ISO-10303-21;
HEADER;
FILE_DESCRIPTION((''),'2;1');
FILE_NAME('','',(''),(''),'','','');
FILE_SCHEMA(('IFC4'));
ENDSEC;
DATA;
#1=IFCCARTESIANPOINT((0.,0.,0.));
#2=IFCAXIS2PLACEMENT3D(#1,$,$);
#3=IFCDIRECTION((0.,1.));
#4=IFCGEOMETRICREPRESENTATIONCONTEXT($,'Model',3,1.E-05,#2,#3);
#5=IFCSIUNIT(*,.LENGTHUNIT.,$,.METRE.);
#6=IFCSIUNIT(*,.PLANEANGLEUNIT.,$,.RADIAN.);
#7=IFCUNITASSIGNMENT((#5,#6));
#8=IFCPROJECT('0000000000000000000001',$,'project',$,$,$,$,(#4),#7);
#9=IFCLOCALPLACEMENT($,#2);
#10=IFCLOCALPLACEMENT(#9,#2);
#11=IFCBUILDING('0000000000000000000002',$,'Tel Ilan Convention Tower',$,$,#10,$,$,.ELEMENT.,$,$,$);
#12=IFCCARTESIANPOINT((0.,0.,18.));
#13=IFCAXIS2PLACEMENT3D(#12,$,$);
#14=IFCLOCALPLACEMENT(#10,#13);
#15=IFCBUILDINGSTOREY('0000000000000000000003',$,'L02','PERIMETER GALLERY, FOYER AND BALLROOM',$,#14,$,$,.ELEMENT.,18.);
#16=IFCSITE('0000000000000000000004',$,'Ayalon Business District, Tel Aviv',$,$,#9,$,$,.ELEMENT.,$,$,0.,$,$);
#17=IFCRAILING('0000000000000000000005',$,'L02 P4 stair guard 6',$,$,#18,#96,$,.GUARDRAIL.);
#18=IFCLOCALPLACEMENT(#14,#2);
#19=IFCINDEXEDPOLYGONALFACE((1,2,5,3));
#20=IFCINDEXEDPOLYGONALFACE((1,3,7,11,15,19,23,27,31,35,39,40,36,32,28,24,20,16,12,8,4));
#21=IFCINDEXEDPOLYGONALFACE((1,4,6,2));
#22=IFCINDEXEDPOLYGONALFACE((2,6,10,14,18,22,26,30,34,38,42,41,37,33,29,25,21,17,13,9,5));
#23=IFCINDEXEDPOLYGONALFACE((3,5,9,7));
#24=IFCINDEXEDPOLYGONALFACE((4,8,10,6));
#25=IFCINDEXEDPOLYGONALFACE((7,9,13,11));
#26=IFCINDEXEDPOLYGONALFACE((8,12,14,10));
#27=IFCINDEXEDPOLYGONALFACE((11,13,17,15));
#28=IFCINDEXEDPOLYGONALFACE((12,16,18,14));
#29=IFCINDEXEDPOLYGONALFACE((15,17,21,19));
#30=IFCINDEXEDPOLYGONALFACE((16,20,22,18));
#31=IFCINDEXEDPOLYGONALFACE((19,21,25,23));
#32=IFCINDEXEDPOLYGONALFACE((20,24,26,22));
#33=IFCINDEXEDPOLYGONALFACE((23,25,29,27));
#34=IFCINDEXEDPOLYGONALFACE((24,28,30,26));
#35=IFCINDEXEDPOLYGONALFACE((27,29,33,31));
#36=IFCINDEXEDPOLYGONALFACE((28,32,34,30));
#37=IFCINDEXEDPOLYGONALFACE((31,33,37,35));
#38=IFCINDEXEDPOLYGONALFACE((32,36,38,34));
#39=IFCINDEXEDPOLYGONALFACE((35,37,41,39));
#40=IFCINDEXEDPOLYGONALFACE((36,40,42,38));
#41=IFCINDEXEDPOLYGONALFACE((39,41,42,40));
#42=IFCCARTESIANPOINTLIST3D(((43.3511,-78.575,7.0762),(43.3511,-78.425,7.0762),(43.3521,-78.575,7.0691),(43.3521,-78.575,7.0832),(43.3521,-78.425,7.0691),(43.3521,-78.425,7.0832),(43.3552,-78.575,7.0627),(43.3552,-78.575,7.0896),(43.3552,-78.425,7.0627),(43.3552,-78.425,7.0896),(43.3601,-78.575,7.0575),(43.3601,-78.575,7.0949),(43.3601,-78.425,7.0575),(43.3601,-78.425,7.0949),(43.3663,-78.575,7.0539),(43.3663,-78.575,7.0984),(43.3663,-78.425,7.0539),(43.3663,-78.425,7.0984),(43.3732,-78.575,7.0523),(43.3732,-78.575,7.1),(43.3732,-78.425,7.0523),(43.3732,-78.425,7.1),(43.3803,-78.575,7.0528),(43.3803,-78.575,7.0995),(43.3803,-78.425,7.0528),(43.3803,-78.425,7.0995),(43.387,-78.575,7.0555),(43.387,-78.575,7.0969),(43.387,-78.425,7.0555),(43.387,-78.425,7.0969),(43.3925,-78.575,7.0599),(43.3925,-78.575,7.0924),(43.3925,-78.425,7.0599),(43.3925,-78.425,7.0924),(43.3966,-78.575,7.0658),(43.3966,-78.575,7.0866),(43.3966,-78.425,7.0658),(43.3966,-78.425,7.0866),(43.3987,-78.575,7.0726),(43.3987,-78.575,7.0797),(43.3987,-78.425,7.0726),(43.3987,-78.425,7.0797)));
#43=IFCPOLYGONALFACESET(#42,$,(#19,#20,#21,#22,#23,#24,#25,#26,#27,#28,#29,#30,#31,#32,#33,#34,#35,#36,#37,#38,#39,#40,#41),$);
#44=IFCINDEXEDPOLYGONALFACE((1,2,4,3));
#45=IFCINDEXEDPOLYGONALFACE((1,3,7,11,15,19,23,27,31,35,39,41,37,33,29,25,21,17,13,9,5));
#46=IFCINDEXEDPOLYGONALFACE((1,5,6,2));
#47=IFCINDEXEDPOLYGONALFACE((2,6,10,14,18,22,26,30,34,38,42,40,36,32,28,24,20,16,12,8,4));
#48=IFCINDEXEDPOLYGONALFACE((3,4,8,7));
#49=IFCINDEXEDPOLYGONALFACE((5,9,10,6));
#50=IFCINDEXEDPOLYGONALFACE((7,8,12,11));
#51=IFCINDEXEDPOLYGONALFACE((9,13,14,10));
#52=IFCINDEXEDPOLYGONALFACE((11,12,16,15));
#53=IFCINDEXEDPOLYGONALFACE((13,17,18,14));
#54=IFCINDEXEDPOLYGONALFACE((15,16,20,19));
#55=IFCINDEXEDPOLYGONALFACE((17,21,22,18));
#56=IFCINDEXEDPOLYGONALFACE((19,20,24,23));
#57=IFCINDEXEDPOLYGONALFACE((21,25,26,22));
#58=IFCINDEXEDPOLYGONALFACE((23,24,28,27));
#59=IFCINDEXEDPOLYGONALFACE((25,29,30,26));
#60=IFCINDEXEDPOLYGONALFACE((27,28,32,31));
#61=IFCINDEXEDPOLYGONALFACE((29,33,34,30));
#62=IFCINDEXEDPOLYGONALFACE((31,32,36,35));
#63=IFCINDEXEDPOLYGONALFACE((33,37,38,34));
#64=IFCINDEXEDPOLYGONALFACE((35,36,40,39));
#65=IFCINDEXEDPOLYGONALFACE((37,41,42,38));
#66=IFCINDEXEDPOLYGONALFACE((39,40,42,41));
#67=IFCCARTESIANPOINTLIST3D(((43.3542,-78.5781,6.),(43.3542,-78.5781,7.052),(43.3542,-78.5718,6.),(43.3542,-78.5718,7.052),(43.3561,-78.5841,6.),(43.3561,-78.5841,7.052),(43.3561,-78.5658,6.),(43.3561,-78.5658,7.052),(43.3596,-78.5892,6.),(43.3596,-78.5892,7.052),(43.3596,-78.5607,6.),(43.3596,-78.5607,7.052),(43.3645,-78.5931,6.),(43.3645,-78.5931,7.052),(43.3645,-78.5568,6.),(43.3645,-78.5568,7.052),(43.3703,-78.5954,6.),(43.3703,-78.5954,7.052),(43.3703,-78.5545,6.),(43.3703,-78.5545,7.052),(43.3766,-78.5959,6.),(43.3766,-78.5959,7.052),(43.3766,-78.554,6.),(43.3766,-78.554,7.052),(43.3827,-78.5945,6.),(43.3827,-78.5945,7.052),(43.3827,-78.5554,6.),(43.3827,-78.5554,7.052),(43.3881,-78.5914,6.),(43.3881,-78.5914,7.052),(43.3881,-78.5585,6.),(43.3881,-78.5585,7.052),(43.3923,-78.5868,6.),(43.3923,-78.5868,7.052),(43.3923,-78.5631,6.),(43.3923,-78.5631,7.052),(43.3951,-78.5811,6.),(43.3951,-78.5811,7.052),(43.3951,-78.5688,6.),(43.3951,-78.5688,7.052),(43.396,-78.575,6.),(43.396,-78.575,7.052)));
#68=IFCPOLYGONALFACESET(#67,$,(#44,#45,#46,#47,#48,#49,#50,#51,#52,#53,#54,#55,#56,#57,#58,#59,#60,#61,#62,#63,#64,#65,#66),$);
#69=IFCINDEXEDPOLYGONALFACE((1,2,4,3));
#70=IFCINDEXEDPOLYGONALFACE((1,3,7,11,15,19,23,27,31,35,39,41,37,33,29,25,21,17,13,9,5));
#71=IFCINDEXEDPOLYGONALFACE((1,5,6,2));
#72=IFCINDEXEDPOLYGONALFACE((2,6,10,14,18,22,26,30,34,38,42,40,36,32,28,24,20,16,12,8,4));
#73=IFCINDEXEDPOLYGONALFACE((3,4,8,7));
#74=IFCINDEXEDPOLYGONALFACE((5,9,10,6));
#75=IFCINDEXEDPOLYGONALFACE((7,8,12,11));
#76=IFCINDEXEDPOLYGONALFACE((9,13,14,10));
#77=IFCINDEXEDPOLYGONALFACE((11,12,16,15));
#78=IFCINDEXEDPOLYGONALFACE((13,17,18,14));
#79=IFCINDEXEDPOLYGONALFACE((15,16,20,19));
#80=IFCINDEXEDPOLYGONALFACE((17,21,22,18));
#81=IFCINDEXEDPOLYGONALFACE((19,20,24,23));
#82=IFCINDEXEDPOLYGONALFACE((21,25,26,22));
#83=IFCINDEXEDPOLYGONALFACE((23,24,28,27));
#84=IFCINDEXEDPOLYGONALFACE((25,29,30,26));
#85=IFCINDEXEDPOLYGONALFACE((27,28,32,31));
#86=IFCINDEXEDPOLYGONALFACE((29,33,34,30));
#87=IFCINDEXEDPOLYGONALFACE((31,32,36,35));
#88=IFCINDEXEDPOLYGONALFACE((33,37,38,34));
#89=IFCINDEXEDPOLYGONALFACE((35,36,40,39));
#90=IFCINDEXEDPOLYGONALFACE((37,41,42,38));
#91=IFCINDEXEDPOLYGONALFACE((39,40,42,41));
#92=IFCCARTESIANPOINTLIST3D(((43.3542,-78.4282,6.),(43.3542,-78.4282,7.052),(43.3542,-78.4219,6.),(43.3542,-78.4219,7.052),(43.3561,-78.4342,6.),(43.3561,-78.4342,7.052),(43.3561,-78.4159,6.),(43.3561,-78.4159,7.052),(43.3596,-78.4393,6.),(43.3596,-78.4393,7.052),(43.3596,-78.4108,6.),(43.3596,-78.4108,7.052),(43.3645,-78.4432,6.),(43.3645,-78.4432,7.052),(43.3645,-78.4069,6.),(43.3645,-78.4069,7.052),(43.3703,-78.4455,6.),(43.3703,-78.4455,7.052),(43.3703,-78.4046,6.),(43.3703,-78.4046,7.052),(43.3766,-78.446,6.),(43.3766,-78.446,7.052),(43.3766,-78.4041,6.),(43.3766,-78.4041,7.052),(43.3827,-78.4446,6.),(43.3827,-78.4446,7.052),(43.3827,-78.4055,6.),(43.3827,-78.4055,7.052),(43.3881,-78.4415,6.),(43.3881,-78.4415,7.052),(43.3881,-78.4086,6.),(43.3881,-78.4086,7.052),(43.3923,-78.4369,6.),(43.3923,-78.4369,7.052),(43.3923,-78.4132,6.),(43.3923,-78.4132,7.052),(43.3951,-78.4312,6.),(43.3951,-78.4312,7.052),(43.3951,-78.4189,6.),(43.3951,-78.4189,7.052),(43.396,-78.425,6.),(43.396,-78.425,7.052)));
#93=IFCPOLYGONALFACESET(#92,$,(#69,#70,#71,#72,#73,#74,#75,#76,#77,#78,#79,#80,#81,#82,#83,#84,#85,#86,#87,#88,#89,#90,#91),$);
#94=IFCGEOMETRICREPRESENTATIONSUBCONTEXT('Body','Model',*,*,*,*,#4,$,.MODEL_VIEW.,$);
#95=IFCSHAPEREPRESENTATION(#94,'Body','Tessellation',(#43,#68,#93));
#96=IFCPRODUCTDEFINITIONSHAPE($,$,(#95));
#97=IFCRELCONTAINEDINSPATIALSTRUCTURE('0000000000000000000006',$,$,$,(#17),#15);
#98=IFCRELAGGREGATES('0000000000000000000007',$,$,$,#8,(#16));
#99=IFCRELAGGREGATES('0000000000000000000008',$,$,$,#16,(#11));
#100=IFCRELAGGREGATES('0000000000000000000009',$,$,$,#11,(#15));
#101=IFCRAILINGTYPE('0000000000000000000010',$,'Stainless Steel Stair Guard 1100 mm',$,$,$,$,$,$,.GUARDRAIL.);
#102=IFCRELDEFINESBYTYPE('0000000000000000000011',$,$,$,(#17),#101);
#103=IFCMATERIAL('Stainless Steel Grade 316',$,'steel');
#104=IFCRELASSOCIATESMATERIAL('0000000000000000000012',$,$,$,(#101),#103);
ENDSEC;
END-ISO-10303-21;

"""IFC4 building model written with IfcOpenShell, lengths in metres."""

from ifc_helpers import new_model, si_unit, direction, frame, origin, origin_2d, place, context, subcontext, project, spatial, circle, extrude, material, type_object, element, save


model = new_model("IFC4")

# Units and contexts
model_context = context("Model", 3, precision=1e-05, world=origin(), true_north=direction((0.0, 1.0)))
body_context = subcontext(model_context, "Body", "Model", "MODEL_VIEW")
ifc_project = project(units=[si_unit("LENGTHUNIT", "METRE"), si_unit("PLANEANGLEUNIT", "RADIAN")], contexts=[model_context])

# Site, building, storey
site_placement = place(None, origin())
site = spatial("IfcSite", under=ifc_project, at=site_placement, Name="Ayalon Business District, Tel Aviv", CompositionType="ELEMENT", RefElevation=0.0)
building_placement = place(site_placement, origin())
building = spatial("IfcBuilding", under=site, at=building_placement, Name="Tel Ilan Convention Tower", CompositionType="ELEMENT")
storey_placement = place(building_placement, frame((0.0, 0.0, 18.0)))
storey = spatial("IfcBuildingStorey", under=building, at=storey_placement, Name="L02", Description="PERIMETER GALLERY, FOYER AND BALLROOM", CompositionType="ELEMENT", Elevation=18.0)

# Railing
ifc_material_1 = material(Name="Stainless Steel Grade 316", Category="steel")
railing_type_1 = type_object("IfcRailingType", Name="Stainless Steel Stair Guard 1100 mm", PredefinedType="GUARDRAIL", material=ifc_material_1)
railing_1_placement = place(storey_placement, frame((43.375, -78.575, 6.0)))
element("IfcRailing", 1, at=railing_1_placement, inside=storey, type_object=railing_type_1, Name="L02 P4 stair guard 6", PredefinedType="GUARDRAIL", context=body_context, shape_type="SweptSolid", body=[
    extrude(circle(Radius=0.0239, at=origin_2d()), frame((0.0, 0.0, 1.0762), z_axis=(0.0, 1.0, 0.0), x_axis=(-1.0, 0.0, 0.0)), (0.0, 0.0, 1.0), 0.1499),
    extrude(circle(Radius=0.021, at=origin_2d()), origin(), (0.0, 0.0, 1.0), 1.052),
    extrude(circle(Radius=0.021, at=origin_2d()), frame((0.0, 0.1499, 0.0)), (0.0, 0.0, 1.0), 1.052),
])

save(model, "model.ifc")
